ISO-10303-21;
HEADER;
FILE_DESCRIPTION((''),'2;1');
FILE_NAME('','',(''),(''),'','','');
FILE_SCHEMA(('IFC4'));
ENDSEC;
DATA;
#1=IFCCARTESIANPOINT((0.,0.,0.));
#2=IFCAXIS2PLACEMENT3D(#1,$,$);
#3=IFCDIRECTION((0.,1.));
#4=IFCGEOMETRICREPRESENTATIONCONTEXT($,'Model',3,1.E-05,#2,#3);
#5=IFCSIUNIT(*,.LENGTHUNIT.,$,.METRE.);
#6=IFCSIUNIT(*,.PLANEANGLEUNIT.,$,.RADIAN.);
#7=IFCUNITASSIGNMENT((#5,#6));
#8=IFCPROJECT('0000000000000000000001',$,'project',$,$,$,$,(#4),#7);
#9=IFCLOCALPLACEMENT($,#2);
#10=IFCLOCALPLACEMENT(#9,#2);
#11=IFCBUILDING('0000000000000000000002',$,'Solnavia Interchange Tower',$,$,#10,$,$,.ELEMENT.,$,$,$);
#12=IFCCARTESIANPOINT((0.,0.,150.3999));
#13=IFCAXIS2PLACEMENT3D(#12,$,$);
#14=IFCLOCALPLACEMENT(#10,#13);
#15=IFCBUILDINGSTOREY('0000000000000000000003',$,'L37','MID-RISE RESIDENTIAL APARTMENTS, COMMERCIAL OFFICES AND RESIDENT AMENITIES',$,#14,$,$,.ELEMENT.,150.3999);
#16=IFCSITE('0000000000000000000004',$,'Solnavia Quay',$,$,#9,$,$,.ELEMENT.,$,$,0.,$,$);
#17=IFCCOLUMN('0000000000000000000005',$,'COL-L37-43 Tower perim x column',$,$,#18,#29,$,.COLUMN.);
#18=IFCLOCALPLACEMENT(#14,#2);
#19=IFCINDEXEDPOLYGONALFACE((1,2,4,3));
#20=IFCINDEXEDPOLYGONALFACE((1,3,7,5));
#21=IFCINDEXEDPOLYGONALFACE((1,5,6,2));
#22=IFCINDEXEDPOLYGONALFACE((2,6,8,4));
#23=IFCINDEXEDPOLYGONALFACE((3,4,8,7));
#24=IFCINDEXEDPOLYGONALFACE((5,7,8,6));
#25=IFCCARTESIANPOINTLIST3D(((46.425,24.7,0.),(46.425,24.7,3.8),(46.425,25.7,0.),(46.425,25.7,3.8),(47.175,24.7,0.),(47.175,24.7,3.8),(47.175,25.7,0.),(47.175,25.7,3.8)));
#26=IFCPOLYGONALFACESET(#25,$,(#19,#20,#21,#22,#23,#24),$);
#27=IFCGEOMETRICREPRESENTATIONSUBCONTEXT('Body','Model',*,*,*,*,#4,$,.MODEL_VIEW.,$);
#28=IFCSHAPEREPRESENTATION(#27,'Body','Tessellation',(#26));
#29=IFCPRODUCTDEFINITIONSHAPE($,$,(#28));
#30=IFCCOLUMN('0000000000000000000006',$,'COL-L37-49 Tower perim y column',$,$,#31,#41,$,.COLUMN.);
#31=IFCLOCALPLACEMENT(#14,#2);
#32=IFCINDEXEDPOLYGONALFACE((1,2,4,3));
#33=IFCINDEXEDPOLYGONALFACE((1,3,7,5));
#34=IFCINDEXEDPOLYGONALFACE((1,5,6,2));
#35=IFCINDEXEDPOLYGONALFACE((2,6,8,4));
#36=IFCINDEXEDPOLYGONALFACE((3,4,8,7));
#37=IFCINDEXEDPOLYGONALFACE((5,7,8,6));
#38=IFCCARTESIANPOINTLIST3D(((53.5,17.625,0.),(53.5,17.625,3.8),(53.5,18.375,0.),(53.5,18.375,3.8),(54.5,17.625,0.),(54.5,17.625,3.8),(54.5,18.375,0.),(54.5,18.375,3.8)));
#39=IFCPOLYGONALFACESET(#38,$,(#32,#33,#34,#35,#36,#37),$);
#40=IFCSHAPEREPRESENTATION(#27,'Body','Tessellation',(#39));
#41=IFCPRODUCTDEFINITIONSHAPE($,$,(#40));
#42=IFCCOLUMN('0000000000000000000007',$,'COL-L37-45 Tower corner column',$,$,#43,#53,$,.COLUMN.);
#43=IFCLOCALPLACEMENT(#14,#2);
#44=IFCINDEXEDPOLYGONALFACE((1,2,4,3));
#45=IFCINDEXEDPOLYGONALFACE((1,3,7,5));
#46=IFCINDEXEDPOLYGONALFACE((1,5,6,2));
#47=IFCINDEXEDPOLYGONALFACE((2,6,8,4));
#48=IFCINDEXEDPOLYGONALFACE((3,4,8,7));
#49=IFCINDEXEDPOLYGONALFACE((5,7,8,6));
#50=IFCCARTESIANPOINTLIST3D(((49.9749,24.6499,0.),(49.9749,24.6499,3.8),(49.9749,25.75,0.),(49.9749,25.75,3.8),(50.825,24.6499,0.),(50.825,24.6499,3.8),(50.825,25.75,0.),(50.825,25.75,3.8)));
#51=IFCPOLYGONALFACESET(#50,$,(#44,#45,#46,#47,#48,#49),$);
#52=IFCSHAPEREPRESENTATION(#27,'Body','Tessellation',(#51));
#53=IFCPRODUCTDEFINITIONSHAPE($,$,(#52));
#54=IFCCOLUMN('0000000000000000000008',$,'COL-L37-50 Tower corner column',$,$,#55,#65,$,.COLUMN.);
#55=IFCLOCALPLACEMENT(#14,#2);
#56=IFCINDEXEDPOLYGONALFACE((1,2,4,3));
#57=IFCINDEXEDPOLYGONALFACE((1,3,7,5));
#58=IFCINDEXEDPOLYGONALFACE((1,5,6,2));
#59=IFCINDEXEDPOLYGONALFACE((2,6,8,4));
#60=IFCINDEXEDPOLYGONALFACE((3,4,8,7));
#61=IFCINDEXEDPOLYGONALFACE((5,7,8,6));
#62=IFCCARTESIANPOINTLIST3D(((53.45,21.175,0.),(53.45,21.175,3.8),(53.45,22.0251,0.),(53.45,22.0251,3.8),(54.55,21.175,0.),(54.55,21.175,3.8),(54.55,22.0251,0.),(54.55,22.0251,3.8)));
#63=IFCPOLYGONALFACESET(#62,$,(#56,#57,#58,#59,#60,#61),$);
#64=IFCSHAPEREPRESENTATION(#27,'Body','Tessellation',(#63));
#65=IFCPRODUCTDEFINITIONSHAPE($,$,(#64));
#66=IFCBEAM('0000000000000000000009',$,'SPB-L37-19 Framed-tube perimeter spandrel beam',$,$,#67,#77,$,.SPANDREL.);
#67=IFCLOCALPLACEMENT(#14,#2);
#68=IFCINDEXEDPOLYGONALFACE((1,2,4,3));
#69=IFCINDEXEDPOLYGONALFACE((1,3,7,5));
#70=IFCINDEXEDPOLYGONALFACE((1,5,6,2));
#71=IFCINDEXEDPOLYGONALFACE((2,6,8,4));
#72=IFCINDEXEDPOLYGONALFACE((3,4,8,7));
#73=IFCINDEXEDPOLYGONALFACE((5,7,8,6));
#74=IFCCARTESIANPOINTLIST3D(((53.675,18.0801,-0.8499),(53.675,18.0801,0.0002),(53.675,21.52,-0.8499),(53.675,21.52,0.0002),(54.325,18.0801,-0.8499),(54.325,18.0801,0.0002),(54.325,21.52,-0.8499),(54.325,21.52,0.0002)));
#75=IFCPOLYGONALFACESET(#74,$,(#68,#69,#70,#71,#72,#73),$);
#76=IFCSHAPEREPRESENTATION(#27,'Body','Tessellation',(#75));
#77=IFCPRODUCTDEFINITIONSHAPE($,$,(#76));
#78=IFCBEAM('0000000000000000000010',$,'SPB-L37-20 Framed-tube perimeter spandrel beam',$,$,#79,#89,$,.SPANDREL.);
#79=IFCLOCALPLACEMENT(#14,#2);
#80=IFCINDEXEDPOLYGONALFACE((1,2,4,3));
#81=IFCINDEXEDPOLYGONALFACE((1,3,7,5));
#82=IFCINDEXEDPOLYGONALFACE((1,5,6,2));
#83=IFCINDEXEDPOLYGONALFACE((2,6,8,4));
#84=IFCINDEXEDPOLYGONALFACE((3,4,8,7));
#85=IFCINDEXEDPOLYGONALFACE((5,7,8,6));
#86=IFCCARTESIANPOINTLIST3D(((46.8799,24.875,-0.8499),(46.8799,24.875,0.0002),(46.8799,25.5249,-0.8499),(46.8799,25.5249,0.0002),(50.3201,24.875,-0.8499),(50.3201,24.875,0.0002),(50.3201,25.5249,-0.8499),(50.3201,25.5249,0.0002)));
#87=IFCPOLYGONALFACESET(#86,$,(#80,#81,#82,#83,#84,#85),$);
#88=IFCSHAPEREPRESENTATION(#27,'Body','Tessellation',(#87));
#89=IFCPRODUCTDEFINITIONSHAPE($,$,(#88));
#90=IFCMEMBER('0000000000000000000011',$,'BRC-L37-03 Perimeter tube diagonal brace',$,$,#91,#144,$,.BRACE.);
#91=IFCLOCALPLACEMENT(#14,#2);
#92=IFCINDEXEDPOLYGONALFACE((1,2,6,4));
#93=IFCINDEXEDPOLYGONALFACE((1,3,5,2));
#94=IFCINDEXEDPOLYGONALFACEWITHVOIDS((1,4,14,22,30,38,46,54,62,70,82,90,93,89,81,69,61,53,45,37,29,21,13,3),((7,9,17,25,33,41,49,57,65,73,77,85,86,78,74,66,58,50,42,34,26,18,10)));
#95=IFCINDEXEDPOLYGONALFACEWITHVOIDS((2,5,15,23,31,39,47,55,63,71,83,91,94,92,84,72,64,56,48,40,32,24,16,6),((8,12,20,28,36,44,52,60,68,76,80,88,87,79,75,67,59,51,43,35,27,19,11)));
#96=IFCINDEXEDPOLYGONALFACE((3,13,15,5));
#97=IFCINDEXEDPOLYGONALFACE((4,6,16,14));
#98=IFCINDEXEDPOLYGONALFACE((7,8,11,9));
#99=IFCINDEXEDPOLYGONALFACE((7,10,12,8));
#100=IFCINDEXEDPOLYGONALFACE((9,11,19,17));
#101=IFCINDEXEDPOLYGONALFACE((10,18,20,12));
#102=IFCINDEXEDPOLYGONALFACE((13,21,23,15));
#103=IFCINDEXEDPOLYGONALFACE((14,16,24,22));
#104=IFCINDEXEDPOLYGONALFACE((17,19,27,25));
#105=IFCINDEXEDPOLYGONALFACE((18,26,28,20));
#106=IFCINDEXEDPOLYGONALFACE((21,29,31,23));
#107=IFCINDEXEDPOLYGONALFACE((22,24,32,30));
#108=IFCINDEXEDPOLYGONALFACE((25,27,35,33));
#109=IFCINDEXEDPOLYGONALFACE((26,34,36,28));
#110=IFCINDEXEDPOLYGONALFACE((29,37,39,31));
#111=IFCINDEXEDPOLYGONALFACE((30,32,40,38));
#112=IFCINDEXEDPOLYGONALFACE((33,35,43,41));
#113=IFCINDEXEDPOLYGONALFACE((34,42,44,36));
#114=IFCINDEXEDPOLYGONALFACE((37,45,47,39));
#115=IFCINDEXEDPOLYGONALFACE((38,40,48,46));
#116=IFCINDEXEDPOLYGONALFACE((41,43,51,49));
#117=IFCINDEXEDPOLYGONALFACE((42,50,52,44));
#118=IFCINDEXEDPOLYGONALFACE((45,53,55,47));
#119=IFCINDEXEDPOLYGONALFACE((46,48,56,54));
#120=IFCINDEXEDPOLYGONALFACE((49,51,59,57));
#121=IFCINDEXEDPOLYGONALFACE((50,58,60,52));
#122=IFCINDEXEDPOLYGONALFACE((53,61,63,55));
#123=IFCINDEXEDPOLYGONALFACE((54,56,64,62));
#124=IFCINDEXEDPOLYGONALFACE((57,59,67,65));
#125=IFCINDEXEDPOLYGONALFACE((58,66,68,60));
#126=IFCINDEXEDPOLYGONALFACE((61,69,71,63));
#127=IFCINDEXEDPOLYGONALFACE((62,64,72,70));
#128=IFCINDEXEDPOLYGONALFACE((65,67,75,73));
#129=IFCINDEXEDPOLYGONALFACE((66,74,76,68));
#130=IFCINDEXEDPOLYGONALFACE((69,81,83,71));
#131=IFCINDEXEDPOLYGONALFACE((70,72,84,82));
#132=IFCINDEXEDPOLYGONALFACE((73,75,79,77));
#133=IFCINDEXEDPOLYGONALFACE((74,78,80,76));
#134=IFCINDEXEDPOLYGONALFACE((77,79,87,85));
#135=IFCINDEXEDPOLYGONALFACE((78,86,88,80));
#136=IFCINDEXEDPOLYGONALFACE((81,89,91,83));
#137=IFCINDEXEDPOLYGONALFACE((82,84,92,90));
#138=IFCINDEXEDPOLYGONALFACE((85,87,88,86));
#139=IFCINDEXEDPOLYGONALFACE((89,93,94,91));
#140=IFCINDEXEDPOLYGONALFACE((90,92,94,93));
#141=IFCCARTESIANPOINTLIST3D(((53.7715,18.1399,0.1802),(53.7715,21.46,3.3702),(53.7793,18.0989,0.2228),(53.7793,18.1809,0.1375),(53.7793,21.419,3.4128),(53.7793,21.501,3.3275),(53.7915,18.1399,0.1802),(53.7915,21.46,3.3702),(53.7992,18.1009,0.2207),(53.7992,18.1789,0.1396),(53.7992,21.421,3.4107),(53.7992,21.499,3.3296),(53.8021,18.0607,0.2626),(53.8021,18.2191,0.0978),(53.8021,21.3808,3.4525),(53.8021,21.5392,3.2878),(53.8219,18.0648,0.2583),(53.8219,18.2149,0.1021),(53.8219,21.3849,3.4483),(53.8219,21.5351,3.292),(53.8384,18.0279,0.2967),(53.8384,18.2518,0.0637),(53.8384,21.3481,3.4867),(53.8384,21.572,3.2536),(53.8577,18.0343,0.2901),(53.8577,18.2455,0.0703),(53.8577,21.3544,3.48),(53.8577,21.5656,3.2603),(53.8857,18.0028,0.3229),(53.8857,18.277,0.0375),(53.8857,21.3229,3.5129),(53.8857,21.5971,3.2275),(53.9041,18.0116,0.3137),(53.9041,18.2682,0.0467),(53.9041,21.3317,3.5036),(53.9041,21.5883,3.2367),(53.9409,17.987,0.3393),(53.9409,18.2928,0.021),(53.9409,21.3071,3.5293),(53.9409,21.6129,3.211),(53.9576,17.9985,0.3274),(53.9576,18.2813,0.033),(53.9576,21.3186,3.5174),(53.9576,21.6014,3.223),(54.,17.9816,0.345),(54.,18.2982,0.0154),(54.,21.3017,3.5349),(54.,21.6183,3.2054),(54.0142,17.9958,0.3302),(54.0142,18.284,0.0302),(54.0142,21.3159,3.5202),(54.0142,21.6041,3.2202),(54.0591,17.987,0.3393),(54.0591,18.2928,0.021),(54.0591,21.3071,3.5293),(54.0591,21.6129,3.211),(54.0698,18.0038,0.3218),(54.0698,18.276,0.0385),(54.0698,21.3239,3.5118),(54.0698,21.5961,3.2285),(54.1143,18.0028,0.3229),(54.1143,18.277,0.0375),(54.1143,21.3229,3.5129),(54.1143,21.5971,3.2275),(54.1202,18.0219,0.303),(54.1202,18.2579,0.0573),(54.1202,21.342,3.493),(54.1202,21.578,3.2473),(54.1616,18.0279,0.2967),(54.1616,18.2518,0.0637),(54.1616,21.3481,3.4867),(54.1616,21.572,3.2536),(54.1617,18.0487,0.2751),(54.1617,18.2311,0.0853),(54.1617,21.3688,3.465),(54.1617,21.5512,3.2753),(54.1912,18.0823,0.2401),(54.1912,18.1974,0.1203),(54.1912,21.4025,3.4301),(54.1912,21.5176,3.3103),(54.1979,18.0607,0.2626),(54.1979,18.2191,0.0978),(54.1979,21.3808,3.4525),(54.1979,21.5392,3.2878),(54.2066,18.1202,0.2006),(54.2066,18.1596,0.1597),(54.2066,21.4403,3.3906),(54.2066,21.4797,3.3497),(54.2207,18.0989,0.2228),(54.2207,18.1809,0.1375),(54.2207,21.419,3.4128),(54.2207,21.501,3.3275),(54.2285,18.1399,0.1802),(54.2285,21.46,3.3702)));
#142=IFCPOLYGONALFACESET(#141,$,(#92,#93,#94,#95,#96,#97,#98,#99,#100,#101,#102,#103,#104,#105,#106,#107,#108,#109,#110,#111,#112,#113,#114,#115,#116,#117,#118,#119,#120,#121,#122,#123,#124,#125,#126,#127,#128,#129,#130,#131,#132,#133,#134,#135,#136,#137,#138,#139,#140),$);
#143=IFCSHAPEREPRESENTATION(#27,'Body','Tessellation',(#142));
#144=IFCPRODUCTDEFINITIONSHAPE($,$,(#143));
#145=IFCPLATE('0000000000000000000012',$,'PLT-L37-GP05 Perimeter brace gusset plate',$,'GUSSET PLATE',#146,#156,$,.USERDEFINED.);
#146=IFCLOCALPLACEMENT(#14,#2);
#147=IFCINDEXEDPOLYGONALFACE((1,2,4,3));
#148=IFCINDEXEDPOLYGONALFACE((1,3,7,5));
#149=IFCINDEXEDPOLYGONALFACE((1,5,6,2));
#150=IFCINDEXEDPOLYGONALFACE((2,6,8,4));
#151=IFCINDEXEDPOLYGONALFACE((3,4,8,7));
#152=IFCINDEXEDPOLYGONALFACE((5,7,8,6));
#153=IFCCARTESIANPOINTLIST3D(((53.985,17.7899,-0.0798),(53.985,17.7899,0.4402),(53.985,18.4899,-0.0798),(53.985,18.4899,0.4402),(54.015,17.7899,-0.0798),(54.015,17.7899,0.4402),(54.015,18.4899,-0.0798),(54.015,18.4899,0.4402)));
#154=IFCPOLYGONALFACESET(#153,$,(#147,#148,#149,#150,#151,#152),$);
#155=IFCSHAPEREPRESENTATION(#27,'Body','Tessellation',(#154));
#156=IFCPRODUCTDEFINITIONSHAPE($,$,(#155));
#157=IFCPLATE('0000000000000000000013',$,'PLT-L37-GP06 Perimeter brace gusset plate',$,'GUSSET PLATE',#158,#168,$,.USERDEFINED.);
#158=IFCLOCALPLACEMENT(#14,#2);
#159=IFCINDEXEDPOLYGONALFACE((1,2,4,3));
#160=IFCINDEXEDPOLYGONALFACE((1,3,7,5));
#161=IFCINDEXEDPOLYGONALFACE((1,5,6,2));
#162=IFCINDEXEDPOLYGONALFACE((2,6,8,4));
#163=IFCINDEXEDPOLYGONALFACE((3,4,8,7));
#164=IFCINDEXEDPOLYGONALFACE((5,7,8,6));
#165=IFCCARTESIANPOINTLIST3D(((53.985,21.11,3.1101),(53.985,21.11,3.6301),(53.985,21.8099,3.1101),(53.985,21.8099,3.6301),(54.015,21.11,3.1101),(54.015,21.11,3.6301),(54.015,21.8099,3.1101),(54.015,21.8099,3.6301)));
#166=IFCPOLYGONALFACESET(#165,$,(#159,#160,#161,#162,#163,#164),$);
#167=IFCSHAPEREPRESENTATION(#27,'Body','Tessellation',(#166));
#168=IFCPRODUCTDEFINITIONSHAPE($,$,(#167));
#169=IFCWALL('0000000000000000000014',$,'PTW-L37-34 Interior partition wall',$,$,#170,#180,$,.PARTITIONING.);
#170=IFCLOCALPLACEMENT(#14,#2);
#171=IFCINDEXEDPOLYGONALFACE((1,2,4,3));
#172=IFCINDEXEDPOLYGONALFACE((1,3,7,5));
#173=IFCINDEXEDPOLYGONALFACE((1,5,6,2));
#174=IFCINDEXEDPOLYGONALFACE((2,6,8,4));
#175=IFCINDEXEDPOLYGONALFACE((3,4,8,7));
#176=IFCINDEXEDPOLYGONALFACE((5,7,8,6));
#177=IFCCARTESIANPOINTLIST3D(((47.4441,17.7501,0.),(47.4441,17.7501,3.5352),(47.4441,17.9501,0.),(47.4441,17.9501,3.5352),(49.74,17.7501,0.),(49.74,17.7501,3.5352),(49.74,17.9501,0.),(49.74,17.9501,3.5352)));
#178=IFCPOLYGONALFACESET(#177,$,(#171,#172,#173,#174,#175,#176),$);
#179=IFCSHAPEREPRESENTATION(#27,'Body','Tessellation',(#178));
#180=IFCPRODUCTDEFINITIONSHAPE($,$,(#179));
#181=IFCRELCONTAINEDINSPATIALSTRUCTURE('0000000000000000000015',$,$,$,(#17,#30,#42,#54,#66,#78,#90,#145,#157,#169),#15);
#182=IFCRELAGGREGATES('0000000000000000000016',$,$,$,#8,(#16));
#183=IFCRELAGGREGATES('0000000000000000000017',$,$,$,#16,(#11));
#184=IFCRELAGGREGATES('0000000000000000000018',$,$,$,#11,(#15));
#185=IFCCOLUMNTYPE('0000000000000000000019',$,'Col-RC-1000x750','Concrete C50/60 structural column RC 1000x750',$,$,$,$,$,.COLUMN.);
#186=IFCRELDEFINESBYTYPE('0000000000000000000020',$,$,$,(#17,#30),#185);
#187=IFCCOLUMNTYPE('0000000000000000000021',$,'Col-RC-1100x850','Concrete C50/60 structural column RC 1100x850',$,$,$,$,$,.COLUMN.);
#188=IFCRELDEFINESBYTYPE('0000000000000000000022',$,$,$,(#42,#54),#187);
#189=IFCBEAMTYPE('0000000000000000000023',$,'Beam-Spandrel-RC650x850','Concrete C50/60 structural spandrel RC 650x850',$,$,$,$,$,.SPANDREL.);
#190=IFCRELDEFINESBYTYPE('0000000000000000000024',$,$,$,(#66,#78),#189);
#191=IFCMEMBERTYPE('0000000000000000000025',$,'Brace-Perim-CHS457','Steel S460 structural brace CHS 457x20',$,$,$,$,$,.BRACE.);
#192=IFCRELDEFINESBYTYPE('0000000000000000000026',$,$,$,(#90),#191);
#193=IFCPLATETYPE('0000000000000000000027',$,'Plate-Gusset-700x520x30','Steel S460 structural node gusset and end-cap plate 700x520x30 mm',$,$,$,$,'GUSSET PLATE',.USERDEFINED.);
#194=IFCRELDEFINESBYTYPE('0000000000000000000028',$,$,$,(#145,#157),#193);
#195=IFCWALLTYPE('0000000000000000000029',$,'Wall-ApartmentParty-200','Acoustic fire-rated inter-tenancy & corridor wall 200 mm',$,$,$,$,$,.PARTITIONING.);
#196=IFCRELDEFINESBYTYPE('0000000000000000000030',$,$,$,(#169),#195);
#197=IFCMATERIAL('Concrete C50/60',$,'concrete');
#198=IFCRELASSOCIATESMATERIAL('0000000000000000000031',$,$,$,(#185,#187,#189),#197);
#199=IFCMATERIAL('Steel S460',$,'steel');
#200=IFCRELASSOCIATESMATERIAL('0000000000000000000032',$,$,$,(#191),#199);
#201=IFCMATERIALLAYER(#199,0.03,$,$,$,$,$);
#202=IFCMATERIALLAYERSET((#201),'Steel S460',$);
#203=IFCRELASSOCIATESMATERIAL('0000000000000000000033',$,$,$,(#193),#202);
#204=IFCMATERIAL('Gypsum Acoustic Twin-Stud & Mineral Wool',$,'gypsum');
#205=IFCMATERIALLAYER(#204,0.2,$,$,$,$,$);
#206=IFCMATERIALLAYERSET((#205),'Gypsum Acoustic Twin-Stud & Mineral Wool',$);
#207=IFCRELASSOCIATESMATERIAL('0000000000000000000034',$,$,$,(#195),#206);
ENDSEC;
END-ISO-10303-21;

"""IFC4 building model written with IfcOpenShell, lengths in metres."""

from ifc_helpers import new_model, si_unit, direction, frame, frame_2d, origin, origin_2d, place, context, subcontext, project, spatial, rectangle, hollow_circle, extrude, material, layer, layer_set, material_profile, profile_set, type_object, element, save


model = new_model("IFC4")

# Units and contexts
model_context = context("Model", 3, precision=1e-05, world=origin(), true_north=direction((0.0, 1.0)))
body_context = subcontext(model_context, "Body", "Model", "MODEL_VIEW")
ifc_project = project(units=[si_unit("LENGTHUNIT", "METRE"), si_unit("PLANEANGLEUNIT", "RADIAN")], contexts=[model_context])

# Site, building, storey
site_placement = place(None, origin())
site = spatial("IfcSite", under=ifc_project, at=site_placement, Name="Solnavia Quay", CompositionType="ELEMENT", RefElevation=0.0)
building_placement = place(site_placement, origin())
building = spatial("IfcBuilding", under=site, at=building_placement, Name="Solnavia Interchange Tower", CompositionType="ELEMENT")
storey_placement = place(building_placement, frame((0.0, 0.0, 150.3999)))
storey = spatial("IfcBuildingStorey", under=building, at=storey_placement, Name="L37", Description="MID-RISE RESIDENTIAL APARTMENTS, COMMERCIAL OFFICES AND RESIDENT AMENITIES", CompositionType="ELEMENT", Elevation=150.3999)

# Columns
ifc_material_1 = material(Name="Concrete C50/60", Category="concrete")
ifc_material_profile_1 = material_profile(ifc_material_1, rectangle(XDim=0.75, YDim=1.0, at=origin_2d()), Name="RC 1000x750")
ifc_profile_set_1 = profile_set([ifc_material_profile_1], Name="Concrete C50/60")
column_type_1 = type_object("IfcColumnType", Name="Col-RC-1000x750", Description="Concrete C50/60 structural column RC 1000x750", PredefinedType="COLUMN", material=ifc_profile_set_1)
for number, where, z_axis, x_axis, name in (
    (1, (46.8, 25.2, 0.0), (0.0, 0.0, 1.0), (1.0, 0.0, 0.0), "COL-L37-43 Tower perim x column"),
    (2, (54.0, 18.0, 0.0), (0.0, 0.0, 1.0), (0.0, 1.0, 0.0), "COL-L37-49 Tower perim y column"),
):
    element("IfcColumn", number, at=place(storey_placement, frame(where, z_axis=z_axis, x_axis=x_axis)), inside=storey, type_object=column_type_1, Name=name, PredefinedType="COLUMN", context=body_context, shape_type="SweptSolid", body=[
        extrude(rectangle(XDim=0.75, YDim=1.0, at=origin_2d()), origin(), (0.0, 0.0, 1.0), 3.8),
    ])
ifc_material_profile_2 = material_profile(ifc_material_1, rectangle(XDim=0.8501, YDim=1.1001, at=origin_2d()), Name="RC 1100x850")
ifc_profile_set_2 = profile_set([ifc_material_profile_2], Name="Concrete C50/60")
column_type_2 = type_object("IfcColumnType", Name="Col-RC-1100x850", Description="Concrete C50/60 structural column RC 1100x850", PredefinedType="COLUMN", material=ifc_profile_set_2)
for number, where, z_axis, x_axis, name in (
    (3, (50.3999, 25.2, 0.0), (0.0, 0.0, 1.0), (1.0, 0.0, 0.0), "COL-L37-45 Tower corner column"),
    (4, (54.0, 21.6001, 0.0), (0.0, 0.0, 1.0), (0.0, 1.0, 0.0), "COL-L37-50 Tower corner column"),
):
    element("IfcColumn", number, at=place(storey_placement, frame(where, z_axis=z_axis, x_axis=x_axis)), inside=storey, type_object=column_type_2, Name=name, PredefinedType="COLUMN", context=body_context, shape_type="SweptSolid", body=[
        extrude(rectangle(XDim=0.8501, YDim=1.1001, at=origin_2d()), origin(), (0.0, 0.0, 1.0), 3.8),
    ])

# Beams
ifc_material_profile_3 = material_profile(ifc_material_1, rectangle(XDim=0.6499, YDim=0.8501, at=origin_2d()), Name="RC 650x850")
ifc_profile_set_3 = profile_set([ifc_material_profile_3], Name="Concrete C50/60")
beam_type = type_object("IfcBeamType", Name="Beam-Spandrel-RC650x850", Description="Concrete C50/60 structural spandrel RC 650x850", PredefinedType="SPANDREL", material=ifc_profile_set_3)
beam_1_placement = place(storey_placement, frame((54.0, 18.0801, -0.4248), z_axis=(0.0, 1.0, 0.0), x_axis=(-1.0, 0.0, 0.0)))
element("IfcBeam", 5, at=beam_1_placement, inside=storey, type_object=beam_type, Name="SPB-L37-19 Framed-tube perimeter spandrel beam", PredefinedType="SPANDREL", context=body_context, shape_type="SweptSolid", body=[
    extrude(rectangle(XDim=0.6499, YDim=0.8501, at=origin_2d()), origin(), (0.0, 0.0, 1.0), 3.4399),
])
beam_2_placement = place(storey_placement, frame((50.3201, 25.2, -0.4248), z_axis=(-1.0, 0.0, 0.0), x_axis=(0.0, -1.0, 0.0)))
element("IfcBeam", 6, at=beam_2_placement, inside=storey, type_object=beam_type, Name="SPB-L37-20 Framed-tube perimeter spandrel beam", PredefinedType="SPANDREL", context=body_context, shape_type="SweptSolid", body=[
    extrude(rectangle(XDim=0.6499, YDim=0.8501, at=origin_2d()), origin(), (0.0, 0.0, 1.0), 3.4402),
])

# Member
ifc_material_2 = material(Name="Steel S460", Category="steel")
ifc_material_profile_4 = material_profile(ifc_material_2, hollow_circle(Radius=0.2285, WallThickness=0.02, at=origin_2d()), Name="CHS 457x20")
ifc_profile_set_4 = profile_set([ifc_material_profile_4], Name="Steel S460")
member_type = type_object("IfcMemberType", Name="Brace-Perim-CHS457", Description="Steel S460 structural brace CHS 457x20", PredefinedType="BRACE", material=ifc_profile_set_4)
member_placement = place(storey_placement, frame((54.0, 18.1399, 0.1802), z_axis=(0.0, 0.721097, 0.692834), x_axis=(-1.0, 0.0, 0.0)))
element("IfcMember", 7, at=member_placement, inside=storey, type_object=member_type, Name="BRC-L37-03 Perimeter tube diagonal brace", PredefinedType="BRACE", context=body_context, shape_type="SweptSolid", body=[
    extrude(hollow_circle(Radius=0.2285, WallThickness=0.02, at=origin_2d()), origin(), (0.0, 0.0, 1.0), 4.6042),
])

# Plates
ifc_layer_1 = layer(ifc_material_2, 0.03)
ifc_layer_set_1 = layer_set([ifc_layer_1], Name="Steel S460")
plate_type = type_object("IfcPlateType", Name="Plate-Gusset-700x520x30", Description="Steel S460 structural node gusset and end-cap plate 700x520x30 mm", ElementType="GUSSET PLATE", PredefinedType="USERDEFINED", material=ifc_layer_set_1)
for number, where, z_axis, x_axis, name in (
    (8, (54.0, 18.1399, -0.0798), (0.0, 0.0, 1.0), (0.0, 1.0, 0.0), "PLT-L37-GP05 Perimeter brace gusset plate"),
    (9, (54.0, 21.46, 3.1101), (0.0, 0.0, 1.0), (0.0, 1.0, 0.0), "PLT-L37-GP06 Perimeter brace gusset plate"),
):
    element("IfcPlate", number, at=place(storey_placement, frame(where, z_axis=z_axis, x_axis=x_axis)), inside=storey, type_object=plate_type, Name=name, ObjectType="GUSSET PLATE", PredefinedType="USERDEFINED", context=body_context, shape_type="SweptSolid", body=[
        extrude(rectangle(XDim=0.7, YDim=0.03, at=origin_2d()), origin(), (0.0, 0.0, 1.0), 0.52),
    ])

# Wall
ifc_material_3 = material(Name="Gypsum Acoustic Twin-Stud & Mineral Wool", Category="gypsum")
ifc_layer_2 = layer(ifc_material_3, 0.2)
ifc_layer_set_2 = layer_set([ifc_layer_2], Name="Gypsum Acoustic Twin-Stud & Mineral Wool")
wall_type_1 = type_object("IfcWallType", Name="Wall-ApartmentParty-200", Description="Acoustic fire-rated inter-tenancy & corridor wall 200 mm", PredefinedType="PARTITIONING", material=ifc_layer_set_2)
wall_1_placement = place(storey_placement, frame((47.4441, 17.8501, 0.0), z_axis=(0.0, 0.0, 1.0), x_axis=(1.0, 0.0, 0.0)))
element("IfcWall", 10, at=wall_1_placement, inside=storey, type_object=wall_type_1, Name="PTW-L37-34 Interior partition wall", PredefinedType="PARTITIONING", context=body_context, shape_type="SweptSolid", body=[
    extrude(rectangle(XDim=2.2959, YDim=0.2, at=frame_2d((1.1479, 0.0))), origin(), (0.0, 0.0, 1.0), 3.5352),
])

save(model, "model.ifc")
